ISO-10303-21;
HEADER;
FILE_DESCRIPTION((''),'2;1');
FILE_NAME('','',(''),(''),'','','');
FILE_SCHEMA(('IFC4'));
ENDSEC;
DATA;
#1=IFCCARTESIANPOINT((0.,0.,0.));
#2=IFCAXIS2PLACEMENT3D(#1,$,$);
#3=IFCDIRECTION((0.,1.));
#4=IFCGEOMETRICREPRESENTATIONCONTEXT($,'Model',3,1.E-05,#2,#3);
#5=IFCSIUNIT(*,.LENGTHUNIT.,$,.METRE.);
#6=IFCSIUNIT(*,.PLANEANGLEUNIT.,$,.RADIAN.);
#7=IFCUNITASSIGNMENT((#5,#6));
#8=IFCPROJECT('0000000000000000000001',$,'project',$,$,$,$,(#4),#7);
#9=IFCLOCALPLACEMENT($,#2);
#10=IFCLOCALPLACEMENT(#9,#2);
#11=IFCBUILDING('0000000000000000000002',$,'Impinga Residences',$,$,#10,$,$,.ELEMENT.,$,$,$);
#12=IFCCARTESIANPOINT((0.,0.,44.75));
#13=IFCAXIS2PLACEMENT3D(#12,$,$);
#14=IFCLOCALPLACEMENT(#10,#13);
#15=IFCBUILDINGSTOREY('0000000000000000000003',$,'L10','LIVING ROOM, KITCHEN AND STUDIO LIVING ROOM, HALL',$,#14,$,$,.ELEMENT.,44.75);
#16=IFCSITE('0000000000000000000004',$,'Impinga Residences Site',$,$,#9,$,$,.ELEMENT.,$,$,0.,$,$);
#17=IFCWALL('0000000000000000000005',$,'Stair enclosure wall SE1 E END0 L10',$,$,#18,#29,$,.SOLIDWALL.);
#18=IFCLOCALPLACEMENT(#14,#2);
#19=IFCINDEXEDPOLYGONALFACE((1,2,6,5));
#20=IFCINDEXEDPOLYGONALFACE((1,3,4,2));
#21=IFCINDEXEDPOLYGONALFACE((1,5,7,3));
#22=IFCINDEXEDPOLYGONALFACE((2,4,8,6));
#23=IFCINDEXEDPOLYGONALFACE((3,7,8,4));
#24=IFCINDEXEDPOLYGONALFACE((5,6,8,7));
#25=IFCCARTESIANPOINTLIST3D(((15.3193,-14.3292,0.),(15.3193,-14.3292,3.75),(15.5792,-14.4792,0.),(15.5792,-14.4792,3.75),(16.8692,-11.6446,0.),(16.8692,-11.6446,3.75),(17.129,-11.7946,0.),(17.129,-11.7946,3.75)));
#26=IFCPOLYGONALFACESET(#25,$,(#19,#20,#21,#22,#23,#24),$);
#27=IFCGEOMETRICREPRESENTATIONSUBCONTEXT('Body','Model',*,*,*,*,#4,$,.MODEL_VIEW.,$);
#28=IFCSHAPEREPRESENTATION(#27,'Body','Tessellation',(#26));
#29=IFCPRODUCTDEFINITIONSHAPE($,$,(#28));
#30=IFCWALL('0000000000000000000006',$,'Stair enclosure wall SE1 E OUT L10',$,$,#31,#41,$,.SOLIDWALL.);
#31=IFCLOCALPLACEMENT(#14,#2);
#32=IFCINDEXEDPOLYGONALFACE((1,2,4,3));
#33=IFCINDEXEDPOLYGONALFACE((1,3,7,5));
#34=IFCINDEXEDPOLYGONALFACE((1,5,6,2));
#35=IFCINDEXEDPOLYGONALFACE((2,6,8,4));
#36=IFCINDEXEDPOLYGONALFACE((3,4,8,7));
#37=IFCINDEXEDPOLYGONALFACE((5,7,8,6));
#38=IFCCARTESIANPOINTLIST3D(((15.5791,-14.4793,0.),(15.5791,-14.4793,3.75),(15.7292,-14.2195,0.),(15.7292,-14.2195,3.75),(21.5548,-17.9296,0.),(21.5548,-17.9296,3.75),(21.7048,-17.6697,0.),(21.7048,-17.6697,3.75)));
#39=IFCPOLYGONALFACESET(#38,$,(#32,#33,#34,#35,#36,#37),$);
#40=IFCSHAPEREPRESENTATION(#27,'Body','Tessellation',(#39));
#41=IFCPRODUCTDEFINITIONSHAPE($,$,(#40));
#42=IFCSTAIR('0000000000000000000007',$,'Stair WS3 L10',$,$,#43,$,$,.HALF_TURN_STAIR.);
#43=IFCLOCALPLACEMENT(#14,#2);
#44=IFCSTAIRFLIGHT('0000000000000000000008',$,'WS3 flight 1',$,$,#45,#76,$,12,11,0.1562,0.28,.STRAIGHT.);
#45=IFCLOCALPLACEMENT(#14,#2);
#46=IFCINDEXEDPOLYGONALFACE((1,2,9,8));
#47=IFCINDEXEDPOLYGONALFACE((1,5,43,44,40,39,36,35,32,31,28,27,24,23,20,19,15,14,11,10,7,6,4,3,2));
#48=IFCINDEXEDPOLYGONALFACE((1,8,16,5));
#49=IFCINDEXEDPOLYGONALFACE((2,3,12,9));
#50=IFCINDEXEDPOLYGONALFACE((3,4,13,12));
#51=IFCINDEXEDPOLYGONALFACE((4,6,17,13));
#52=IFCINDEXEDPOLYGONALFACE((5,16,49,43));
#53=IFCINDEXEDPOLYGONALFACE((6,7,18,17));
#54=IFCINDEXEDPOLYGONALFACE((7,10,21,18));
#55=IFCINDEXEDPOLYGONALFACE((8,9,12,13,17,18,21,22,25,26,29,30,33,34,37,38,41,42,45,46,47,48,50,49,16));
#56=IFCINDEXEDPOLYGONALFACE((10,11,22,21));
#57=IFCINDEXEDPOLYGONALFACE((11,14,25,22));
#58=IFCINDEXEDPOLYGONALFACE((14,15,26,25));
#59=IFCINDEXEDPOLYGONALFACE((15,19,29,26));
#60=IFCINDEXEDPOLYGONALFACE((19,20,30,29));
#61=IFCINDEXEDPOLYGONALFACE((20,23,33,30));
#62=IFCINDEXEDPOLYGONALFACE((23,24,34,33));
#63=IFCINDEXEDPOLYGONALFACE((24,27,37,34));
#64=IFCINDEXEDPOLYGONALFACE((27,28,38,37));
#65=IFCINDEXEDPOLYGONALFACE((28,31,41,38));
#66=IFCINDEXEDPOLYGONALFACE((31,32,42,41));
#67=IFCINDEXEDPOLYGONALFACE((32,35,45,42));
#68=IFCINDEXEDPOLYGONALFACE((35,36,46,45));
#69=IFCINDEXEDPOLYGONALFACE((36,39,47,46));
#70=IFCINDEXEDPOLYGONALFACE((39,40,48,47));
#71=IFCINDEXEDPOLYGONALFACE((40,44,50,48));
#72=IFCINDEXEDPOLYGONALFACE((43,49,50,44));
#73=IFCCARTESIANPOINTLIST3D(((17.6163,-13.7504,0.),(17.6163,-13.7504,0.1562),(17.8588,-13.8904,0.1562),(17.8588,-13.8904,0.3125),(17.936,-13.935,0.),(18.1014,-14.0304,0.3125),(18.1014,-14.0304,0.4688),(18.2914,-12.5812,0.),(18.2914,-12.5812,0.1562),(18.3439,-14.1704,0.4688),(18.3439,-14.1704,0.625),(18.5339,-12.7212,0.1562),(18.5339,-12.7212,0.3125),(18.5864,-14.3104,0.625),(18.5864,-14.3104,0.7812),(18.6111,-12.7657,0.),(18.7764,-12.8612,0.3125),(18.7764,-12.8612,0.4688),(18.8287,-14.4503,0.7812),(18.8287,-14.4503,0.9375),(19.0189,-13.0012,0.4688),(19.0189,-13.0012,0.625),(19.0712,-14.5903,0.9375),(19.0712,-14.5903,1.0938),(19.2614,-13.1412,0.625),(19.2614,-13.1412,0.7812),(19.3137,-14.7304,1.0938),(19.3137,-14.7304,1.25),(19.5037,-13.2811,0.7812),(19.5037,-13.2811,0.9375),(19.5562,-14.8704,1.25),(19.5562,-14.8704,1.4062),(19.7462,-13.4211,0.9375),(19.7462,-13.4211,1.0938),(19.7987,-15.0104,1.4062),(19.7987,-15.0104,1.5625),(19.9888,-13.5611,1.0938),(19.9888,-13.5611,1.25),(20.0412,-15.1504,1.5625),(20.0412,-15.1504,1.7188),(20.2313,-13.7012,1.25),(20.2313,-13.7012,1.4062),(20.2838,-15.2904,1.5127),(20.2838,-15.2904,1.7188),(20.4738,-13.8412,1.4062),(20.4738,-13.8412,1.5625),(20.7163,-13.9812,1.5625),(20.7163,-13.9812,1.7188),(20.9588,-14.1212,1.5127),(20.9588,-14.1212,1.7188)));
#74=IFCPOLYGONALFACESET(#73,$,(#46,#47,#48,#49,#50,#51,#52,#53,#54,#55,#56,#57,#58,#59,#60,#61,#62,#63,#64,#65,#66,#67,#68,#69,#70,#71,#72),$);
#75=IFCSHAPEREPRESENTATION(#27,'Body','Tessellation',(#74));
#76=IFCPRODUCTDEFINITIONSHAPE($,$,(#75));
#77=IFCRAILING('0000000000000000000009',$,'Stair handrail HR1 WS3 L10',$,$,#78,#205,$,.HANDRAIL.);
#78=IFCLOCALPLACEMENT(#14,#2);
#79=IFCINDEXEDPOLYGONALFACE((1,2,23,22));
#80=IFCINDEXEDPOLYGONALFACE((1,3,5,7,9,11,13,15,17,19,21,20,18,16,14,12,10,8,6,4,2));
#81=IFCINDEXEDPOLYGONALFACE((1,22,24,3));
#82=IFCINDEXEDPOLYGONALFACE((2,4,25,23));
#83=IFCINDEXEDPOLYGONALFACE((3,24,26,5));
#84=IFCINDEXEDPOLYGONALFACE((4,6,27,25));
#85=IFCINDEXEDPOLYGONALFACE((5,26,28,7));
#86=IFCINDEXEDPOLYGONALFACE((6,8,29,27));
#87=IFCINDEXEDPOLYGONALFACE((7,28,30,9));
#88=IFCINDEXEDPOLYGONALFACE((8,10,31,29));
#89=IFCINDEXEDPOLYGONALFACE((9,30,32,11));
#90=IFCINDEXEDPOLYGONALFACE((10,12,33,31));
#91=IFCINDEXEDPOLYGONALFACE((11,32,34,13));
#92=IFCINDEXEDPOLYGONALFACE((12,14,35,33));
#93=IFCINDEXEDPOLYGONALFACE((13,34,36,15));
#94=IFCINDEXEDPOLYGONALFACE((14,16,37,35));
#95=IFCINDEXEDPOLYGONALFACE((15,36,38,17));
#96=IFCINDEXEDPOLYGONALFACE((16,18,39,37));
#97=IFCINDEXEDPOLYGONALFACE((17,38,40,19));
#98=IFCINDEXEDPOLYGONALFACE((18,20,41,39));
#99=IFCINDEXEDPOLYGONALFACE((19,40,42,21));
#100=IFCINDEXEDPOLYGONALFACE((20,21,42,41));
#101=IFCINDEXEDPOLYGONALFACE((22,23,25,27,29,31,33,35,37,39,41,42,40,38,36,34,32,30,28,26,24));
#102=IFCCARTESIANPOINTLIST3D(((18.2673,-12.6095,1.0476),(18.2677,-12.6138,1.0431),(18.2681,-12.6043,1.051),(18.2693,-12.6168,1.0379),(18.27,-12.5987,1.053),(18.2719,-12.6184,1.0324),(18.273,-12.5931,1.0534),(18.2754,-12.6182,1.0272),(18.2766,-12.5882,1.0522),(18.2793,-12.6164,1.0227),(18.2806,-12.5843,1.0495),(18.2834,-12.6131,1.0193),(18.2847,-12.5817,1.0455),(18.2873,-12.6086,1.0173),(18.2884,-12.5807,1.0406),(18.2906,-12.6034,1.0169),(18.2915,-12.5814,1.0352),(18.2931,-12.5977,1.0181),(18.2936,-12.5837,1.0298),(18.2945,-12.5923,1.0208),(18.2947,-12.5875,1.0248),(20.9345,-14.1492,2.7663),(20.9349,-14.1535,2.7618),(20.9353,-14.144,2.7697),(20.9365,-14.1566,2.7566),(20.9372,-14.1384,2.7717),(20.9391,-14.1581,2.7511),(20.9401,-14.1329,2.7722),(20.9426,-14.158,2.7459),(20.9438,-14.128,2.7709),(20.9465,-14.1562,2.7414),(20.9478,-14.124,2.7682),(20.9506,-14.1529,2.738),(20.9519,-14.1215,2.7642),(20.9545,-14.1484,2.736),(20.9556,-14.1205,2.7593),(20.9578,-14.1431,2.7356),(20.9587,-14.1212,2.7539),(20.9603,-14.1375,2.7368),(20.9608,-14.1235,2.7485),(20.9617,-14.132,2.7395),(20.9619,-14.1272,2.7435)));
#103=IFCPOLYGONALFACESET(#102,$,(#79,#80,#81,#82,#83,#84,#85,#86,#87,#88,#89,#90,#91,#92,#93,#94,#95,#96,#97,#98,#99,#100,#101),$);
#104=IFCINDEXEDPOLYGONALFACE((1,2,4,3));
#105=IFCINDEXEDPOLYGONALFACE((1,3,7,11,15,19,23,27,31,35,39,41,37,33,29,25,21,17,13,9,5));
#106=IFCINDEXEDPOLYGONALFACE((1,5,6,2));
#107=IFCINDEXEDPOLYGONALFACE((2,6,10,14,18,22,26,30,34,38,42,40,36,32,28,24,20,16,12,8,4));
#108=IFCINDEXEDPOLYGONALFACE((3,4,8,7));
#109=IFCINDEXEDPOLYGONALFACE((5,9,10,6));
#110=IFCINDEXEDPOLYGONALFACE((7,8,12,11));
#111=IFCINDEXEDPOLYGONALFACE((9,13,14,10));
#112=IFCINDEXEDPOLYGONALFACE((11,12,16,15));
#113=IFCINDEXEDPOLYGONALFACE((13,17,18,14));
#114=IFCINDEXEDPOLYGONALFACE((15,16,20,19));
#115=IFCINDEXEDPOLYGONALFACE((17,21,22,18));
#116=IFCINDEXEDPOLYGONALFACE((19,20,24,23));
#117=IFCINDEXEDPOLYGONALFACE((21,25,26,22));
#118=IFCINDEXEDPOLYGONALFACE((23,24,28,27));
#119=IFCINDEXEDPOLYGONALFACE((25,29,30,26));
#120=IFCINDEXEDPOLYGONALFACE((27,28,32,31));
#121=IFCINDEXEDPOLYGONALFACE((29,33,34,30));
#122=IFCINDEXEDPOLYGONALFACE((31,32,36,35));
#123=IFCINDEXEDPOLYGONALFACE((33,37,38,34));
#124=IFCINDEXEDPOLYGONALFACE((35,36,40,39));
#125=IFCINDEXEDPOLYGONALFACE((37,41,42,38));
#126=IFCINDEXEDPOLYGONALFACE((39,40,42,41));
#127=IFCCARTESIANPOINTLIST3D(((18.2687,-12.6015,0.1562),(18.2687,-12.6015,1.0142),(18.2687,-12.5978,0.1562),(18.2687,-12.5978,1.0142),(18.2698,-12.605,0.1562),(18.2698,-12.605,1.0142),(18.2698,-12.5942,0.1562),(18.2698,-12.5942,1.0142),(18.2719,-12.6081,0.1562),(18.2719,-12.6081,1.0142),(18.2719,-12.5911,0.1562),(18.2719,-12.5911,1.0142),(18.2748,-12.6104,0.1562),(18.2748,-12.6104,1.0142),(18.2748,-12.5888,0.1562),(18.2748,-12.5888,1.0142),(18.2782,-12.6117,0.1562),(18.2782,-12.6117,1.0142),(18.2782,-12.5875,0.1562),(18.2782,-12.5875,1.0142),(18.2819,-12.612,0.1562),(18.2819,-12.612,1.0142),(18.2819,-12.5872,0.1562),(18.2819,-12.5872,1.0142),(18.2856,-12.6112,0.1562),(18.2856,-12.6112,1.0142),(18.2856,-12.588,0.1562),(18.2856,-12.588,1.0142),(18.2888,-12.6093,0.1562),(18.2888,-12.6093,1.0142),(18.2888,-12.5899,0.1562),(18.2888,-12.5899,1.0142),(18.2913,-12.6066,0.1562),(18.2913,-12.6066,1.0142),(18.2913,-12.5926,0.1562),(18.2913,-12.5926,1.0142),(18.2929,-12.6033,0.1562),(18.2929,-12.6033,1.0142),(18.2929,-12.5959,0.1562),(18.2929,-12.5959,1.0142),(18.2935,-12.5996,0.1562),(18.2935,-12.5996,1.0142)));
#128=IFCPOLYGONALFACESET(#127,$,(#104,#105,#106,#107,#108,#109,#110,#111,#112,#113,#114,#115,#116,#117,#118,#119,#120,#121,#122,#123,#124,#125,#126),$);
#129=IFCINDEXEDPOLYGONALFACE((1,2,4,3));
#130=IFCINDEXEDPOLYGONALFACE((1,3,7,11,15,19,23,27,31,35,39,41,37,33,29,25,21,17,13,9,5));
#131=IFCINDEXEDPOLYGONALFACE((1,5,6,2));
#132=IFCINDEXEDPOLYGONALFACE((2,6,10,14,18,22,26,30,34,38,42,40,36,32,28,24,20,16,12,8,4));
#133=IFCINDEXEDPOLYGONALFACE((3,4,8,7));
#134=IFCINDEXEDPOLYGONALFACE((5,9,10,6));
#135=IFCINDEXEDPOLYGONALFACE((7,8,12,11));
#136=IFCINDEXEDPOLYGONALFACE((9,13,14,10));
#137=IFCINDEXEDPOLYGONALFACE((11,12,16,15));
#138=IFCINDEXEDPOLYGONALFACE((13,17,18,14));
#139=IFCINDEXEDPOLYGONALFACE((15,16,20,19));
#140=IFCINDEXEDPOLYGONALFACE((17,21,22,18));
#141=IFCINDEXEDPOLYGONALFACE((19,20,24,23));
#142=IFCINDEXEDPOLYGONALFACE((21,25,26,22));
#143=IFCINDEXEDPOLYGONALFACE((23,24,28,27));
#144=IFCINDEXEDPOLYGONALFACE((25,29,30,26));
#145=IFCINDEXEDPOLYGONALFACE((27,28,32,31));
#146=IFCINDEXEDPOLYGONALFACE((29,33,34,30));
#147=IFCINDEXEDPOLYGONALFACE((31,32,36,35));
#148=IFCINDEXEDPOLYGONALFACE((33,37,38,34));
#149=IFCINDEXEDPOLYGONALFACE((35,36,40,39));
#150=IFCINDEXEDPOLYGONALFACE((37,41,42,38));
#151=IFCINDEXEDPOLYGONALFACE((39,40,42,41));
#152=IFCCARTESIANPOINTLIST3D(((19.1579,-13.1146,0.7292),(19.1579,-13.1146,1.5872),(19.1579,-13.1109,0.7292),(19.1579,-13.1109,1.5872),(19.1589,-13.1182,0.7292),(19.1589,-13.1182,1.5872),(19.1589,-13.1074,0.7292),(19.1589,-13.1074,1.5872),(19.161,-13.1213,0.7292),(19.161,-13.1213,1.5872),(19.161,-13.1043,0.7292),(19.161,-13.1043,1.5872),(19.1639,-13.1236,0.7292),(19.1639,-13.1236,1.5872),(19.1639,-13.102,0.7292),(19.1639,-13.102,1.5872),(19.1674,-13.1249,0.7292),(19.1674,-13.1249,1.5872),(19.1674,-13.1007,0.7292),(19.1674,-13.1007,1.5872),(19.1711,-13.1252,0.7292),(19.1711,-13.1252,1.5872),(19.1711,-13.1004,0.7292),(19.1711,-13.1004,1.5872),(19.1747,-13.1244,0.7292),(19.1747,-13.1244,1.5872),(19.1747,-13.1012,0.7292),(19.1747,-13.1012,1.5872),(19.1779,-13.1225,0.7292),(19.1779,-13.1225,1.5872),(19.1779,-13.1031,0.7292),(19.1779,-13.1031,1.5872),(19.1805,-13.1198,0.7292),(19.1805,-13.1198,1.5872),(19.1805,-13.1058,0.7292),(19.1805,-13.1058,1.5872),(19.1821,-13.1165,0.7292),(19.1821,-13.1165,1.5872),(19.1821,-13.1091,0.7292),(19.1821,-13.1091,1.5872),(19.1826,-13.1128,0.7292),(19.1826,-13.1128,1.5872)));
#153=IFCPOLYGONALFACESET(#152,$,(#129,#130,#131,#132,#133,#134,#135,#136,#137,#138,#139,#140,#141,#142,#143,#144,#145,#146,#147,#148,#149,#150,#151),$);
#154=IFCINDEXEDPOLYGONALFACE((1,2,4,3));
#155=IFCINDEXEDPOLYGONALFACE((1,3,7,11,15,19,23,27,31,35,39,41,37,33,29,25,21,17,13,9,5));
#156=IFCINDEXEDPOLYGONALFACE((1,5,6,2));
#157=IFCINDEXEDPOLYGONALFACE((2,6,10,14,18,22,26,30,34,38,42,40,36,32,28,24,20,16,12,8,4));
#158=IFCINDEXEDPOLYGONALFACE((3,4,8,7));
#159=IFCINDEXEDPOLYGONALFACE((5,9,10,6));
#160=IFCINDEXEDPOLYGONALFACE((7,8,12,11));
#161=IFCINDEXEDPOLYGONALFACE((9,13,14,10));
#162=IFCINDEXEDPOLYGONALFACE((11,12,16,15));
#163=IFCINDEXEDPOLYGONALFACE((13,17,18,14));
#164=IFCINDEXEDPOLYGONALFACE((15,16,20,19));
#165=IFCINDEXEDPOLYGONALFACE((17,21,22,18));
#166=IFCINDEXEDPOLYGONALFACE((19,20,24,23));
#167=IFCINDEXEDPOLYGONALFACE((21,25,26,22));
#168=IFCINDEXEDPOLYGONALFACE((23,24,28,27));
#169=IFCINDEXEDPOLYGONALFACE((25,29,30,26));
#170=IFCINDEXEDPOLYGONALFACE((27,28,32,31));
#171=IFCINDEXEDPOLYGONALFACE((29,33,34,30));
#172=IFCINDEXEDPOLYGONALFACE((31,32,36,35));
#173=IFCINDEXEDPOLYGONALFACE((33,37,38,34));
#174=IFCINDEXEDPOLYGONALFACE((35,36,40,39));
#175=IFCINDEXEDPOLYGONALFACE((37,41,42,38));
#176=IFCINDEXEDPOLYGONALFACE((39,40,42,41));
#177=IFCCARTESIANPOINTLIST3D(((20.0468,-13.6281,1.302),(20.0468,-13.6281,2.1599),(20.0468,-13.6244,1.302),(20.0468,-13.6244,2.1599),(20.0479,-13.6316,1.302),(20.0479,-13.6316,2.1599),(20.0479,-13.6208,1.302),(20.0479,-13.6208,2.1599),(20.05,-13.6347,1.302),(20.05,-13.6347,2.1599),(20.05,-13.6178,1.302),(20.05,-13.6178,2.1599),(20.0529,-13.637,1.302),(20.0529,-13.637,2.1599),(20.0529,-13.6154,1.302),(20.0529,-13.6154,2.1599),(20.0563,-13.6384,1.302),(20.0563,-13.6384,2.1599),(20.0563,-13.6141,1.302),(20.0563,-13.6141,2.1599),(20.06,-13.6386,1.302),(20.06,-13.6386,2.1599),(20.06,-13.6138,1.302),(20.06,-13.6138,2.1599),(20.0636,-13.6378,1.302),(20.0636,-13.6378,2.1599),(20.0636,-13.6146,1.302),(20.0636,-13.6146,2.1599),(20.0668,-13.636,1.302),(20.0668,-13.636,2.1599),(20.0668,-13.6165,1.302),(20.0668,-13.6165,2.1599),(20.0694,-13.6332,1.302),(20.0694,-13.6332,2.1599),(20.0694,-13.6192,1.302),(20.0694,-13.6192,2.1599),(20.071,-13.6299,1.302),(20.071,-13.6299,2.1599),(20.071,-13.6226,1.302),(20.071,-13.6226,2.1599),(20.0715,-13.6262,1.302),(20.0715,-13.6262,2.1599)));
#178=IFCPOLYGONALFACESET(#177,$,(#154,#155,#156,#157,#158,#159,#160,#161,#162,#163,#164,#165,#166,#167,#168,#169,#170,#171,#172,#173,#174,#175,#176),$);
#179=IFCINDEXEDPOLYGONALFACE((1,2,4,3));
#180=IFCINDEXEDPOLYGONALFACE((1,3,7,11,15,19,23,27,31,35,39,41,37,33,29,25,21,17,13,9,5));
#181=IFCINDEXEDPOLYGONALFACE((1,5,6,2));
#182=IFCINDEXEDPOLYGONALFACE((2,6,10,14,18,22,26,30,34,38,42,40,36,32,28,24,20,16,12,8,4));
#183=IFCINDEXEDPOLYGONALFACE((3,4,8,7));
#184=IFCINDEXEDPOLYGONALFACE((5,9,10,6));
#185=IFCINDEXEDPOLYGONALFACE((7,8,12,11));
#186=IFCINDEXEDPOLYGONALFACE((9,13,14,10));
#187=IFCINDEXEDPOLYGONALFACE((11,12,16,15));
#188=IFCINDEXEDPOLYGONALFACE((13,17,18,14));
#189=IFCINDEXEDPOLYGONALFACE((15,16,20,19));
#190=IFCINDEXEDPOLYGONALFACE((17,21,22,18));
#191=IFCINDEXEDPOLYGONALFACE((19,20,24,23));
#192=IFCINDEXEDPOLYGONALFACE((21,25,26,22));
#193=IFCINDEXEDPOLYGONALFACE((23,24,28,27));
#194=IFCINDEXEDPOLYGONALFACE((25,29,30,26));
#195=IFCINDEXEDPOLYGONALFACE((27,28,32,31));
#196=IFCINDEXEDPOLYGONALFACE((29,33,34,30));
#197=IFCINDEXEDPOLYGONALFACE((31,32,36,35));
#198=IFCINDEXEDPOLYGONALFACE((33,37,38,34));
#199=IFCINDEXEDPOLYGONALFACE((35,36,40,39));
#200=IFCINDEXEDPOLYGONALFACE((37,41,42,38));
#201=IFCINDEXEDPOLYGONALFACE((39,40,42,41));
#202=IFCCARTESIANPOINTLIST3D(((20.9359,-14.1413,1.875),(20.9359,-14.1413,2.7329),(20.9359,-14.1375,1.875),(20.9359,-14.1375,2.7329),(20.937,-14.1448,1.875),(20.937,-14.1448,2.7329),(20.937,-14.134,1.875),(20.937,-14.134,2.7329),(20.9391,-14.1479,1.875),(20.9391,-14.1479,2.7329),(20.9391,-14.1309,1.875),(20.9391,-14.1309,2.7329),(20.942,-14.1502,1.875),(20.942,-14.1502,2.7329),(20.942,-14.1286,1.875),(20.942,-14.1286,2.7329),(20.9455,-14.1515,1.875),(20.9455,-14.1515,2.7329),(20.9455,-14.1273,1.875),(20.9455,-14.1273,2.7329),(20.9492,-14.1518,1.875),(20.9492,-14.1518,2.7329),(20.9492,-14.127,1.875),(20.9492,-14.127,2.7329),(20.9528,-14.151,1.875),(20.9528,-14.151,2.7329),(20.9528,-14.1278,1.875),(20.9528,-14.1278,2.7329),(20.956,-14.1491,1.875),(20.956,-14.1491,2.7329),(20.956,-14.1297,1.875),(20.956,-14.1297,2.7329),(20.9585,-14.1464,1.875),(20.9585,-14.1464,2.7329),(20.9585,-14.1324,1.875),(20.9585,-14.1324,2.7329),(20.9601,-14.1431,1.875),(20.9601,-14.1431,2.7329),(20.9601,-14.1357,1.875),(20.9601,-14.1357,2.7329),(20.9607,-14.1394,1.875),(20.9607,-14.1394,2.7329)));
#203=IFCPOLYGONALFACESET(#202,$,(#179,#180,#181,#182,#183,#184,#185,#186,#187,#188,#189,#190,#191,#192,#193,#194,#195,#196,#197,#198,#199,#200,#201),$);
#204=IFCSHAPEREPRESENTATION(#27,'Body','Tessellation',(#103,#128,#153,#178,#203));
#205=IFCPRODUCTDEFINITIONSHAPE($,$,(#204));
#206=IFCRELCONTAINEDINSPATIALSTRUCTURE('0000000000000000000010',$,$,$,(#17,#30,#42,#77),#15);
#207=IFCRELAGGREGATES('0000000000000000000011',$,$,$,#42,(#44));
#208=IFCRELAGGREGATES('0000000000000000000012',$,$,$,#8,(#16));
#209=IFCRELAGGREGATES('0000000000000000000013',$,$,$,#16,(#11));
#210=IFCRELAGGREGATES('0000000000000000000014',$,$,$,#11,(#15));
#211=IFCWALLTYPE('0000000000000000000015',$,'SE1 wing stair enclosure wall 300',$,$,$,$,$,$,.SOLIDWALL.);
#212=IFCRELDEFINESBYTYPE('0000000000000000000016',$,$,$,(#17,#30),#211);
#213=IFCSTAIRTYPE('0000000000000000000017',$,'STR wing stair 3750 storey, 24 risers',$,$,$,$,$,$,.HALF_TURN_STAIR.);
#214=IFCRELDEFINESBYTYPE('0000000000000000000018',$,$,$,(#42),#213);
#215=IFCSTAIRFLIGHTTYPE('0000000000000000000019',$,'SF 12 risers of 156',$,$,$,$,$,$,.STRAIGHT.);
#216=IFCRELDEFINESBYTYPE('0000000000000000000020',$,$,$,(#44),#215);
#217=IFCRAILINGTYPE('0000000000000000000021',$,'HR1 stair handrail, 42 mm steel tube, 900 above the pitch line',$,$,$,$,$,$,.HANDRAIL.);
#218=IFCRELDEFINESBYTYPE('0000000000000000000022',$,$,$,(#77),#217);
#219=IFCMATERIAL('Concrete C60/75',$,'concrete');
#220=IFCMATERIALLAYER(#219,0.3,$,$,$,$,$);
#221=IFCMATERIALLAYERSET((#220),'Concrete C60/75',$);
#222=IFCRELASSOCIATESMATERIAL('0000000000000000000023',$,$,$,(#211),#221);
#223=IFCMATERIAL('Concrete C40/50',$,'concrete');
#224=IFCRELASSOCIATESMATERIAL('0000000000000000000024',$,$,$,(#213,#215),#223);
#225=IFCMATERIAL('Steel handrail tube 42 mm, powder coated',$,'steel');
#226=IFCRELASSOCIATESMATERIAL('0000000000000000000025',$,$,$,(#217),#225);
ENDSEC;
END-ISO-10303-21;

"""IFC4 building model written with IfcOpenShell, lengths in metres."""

from ifc_helpers import new_model, si_unit, direction, frame, frame_2d, origin, origin_2d, place, context, subcontext, project, spatial, polyline, rectangle, circle, outline, extrude, material, layer, layer_set, type_object, element, aggregate, save


model = new_model("IFC4")

# Units and contexts
model_context = context("Model", 3, precision=1e-05, world=origin(), true_north=direction((0.0, 1.0)))
body_context = subcontext(model_context, "Body", "Model", "MODEL_VIEW")
ifc_project = project(units=[si_unit("LENGTHUNIT", "METRE"), si_unit("PLANEANGLEUNIT", "RADIAN")], contexts=[model_context])

# Site, building, storey
site_placement = place(None, origin())
site = spatial("IfcSite", under=ifc_project, at=site_placement, Name="Impinga Residences Site", CompositionType="ELEMENT", RefElevation=0.0)
building_placement = place(site_placement, origin())
building = spatial("IfcBuilding", under=site, at=building_placement, Name="Impinga Residences", CompositionType="ELEMENT")
storey_placement = place(building_placement, frame((0.0, 0.0, 44.75)))
storey = spatial("IfcBuildingStorey", under=building, at=storey_placement, Name="L10", Description="LIVING ROOM, KITCHEN AND STUDIO LIVING ROOM, HALL", CompositionType="ELEMENT", Elevation=44.75)

# Shared definitions
ifc_material_1 = material(Name="Concrete C60/75", Category="concrete")

# Walls
ifc_layer_1 = layer(ifc_material_1, 0.3)
ifc_layer_set_1 = layer_set([ifc_layer_1], Name="Concrete C60/75")
wall_type_1 = type_object("IfcWallType", Name="SE1 wing stair enclosure wall 300", PredefinedType="SOLIDWALL", material=ifc_layer_set_1)
wall_1_placement = place(storey_placement, frame((16.999, -11.7197, 0.0), z_axis=(0.0, 0.0, 1.0), x_axis=(-0.499968, -0.866044, 0.0)))
element("IfcWall", 1, at=wall_1_placement, inside=storey, type_object=wall_type_1, Name="Stair enclosure wall SE1 E END0 L10", PredefinedType="SOLIDWALL", context=body_context, shape_type="SweptSolid", body=[
    extrude(rectangle(XDim=3.0999, YDim=0.3, at=frame_2d((1.5498, 0.0))), origin(), (0.0, 0.0, 1.0), 3.75),
])
wall_2_placement = place(storey_placement, frame((15.6541, -14.3494, 0.0), z_axis=(0.0, 0.0, 1.0), x_axis=(0.866014, -0.500021, 0.0)))
element("IfcWall", 2, at=wall_2_placement, inside=storey, type_object=wall_type_1, Name="Stair enclosure wall SE1 E OUT L10", PredefinedType="SOLIDWALL", context=body_context, shape_type="SweptSolid", body=[
    extrude(rectangle(XDim=6.9001, YDim=0.3, at=frame_2d((3.4502, 0.0))), origin(), (0.0, 0.0, 1.0), 3.75),
])

# Stair, stair flight
ifc_material_2 = material(Name="Concrete C40/50", Category="concrete")
stair_type = type_object("IfcStairType", Name="STR wing stair 3750 storey, 24 risers", PredefinedType="HALF_TURN_STAIR", material=ifc_material_2)
stair_placement = place(storey_placement, origin())
stair = element("IfcStair", 3, at=stair_placement, inside=storey, type_object=stair_type, Name="Stair WS3 L10", PredefinedType="HALF_TURN_STAIR")
stair_flight_type = type_object("IfcStairFlightType", Name="SF 12 risers of 156", PredefinedType="STRAIGHT", material=ifc_material_2)
stair_flight_placement = place(storey_placement, frame((17.9539, -13.1658, 0.0), z_axis=(0.0, 0.0, 1.0), x_axis=(0.866025, -0.5, 0.0)))
stair_flight = element("IfcStairFlight", 4, at=stair_flight_placement, type_object=stair_flight_type, Name="WS3 flight 1", NumberOfRisers=12, NumberOfTreads=11, PredefinedType="STRAIGHT", RiserHeight=0.1562, TreadLength=0.28, context=body_context, shape_type="SweptSolid", body=[
    extrude(outline(polyline([(0.0, 0.0), (0.0, 0.1562), (0.28, 0.1562), (0.28, 0.3125), (0.5601, 0.3125), (0.5601, 0.4688), (0.8401, 0.4688), (0.8401, 0.625), (1.1201, 0.625), (1.1201, 0.7812), (1.3999, 0.7812), (1.3999, 0.9375), (1.6799, 0.9375), (1.6799, 1.0938), (1.96, 1.0938), (1.96, 1.25), (2.24, 1.25), (2.24, 1.4062), (2.52, 1.4062), (2.52, 1.5625), (2.8, 1.5625), (2.8, 1.7188), (3.0801, 1.7188), (3.0801, 1.875), (3.0801, 1.5127), (0.3691, 0.0), (0.0, 0.0)])), frame((0.0, 0.675, 0.0), z_axis=(0.0, -1.0, 0.0), x_axis=(1.0, 0.0, 0.0)), (0.0, 0.0, 1.0), 1.3501),
])
aggregate(stair, [stair_flight])

# Railing
ifc_material_3 = material(Name="Steel handrail tube 42 mm, powder coated", Category="steel")
railing_type = type_object("IfcRailingType", Name="HR1 stair handrail, 42 mm steel tube, 900 above the pitch line", PredefinedType="HANDRAIL", material=ifc_material_3)
railing_placement = place(storey_placement, frame((18.281, -12.5996, 0.1562)))
element("IfcRailing", 5, at=railing_placement, inside=storey, type_object=railing_type, Name="Stair handrail HR1 WS3 L10", PredefinedType="HANDRAIL", context=body_context, shape_type="SweptSolid", body=[
    extrude(circle(Radius=0.021, at=origin_2d()), frame((0.0, 0.0, 0.8789), z_axis=(0.756249, -0.436582, 0.487322), x_axis=(0.499967, 0.866044, 0.0)), (0.0, 0.0, 1.0), 3.5269),
    extrude(circle(Radius=0.0125, at=origin_2d()), origin(), (0.0, 0.0, 1.0), 0.8579),
    extrude(circle(Radius=0.0125, at=origin_2d()), frame((0.8892, -0.5132, 0.573)), (0.0, 0.0, 1.0), 0.8579),
    extrude(circle(Radius=0.0125, at=origin_2d()), frame((1.7781, -1.0266, 1.1458)), (0.0, 0.0, 1.0), 0.8579),
    extrude(circle(Radius=0.0125, at=origin_2d()), frame((2.6672, -1.5398, 1.7188)), (0.0, 0.0, 1.0), 0.8579),
])

save(model, "model.ifc")
